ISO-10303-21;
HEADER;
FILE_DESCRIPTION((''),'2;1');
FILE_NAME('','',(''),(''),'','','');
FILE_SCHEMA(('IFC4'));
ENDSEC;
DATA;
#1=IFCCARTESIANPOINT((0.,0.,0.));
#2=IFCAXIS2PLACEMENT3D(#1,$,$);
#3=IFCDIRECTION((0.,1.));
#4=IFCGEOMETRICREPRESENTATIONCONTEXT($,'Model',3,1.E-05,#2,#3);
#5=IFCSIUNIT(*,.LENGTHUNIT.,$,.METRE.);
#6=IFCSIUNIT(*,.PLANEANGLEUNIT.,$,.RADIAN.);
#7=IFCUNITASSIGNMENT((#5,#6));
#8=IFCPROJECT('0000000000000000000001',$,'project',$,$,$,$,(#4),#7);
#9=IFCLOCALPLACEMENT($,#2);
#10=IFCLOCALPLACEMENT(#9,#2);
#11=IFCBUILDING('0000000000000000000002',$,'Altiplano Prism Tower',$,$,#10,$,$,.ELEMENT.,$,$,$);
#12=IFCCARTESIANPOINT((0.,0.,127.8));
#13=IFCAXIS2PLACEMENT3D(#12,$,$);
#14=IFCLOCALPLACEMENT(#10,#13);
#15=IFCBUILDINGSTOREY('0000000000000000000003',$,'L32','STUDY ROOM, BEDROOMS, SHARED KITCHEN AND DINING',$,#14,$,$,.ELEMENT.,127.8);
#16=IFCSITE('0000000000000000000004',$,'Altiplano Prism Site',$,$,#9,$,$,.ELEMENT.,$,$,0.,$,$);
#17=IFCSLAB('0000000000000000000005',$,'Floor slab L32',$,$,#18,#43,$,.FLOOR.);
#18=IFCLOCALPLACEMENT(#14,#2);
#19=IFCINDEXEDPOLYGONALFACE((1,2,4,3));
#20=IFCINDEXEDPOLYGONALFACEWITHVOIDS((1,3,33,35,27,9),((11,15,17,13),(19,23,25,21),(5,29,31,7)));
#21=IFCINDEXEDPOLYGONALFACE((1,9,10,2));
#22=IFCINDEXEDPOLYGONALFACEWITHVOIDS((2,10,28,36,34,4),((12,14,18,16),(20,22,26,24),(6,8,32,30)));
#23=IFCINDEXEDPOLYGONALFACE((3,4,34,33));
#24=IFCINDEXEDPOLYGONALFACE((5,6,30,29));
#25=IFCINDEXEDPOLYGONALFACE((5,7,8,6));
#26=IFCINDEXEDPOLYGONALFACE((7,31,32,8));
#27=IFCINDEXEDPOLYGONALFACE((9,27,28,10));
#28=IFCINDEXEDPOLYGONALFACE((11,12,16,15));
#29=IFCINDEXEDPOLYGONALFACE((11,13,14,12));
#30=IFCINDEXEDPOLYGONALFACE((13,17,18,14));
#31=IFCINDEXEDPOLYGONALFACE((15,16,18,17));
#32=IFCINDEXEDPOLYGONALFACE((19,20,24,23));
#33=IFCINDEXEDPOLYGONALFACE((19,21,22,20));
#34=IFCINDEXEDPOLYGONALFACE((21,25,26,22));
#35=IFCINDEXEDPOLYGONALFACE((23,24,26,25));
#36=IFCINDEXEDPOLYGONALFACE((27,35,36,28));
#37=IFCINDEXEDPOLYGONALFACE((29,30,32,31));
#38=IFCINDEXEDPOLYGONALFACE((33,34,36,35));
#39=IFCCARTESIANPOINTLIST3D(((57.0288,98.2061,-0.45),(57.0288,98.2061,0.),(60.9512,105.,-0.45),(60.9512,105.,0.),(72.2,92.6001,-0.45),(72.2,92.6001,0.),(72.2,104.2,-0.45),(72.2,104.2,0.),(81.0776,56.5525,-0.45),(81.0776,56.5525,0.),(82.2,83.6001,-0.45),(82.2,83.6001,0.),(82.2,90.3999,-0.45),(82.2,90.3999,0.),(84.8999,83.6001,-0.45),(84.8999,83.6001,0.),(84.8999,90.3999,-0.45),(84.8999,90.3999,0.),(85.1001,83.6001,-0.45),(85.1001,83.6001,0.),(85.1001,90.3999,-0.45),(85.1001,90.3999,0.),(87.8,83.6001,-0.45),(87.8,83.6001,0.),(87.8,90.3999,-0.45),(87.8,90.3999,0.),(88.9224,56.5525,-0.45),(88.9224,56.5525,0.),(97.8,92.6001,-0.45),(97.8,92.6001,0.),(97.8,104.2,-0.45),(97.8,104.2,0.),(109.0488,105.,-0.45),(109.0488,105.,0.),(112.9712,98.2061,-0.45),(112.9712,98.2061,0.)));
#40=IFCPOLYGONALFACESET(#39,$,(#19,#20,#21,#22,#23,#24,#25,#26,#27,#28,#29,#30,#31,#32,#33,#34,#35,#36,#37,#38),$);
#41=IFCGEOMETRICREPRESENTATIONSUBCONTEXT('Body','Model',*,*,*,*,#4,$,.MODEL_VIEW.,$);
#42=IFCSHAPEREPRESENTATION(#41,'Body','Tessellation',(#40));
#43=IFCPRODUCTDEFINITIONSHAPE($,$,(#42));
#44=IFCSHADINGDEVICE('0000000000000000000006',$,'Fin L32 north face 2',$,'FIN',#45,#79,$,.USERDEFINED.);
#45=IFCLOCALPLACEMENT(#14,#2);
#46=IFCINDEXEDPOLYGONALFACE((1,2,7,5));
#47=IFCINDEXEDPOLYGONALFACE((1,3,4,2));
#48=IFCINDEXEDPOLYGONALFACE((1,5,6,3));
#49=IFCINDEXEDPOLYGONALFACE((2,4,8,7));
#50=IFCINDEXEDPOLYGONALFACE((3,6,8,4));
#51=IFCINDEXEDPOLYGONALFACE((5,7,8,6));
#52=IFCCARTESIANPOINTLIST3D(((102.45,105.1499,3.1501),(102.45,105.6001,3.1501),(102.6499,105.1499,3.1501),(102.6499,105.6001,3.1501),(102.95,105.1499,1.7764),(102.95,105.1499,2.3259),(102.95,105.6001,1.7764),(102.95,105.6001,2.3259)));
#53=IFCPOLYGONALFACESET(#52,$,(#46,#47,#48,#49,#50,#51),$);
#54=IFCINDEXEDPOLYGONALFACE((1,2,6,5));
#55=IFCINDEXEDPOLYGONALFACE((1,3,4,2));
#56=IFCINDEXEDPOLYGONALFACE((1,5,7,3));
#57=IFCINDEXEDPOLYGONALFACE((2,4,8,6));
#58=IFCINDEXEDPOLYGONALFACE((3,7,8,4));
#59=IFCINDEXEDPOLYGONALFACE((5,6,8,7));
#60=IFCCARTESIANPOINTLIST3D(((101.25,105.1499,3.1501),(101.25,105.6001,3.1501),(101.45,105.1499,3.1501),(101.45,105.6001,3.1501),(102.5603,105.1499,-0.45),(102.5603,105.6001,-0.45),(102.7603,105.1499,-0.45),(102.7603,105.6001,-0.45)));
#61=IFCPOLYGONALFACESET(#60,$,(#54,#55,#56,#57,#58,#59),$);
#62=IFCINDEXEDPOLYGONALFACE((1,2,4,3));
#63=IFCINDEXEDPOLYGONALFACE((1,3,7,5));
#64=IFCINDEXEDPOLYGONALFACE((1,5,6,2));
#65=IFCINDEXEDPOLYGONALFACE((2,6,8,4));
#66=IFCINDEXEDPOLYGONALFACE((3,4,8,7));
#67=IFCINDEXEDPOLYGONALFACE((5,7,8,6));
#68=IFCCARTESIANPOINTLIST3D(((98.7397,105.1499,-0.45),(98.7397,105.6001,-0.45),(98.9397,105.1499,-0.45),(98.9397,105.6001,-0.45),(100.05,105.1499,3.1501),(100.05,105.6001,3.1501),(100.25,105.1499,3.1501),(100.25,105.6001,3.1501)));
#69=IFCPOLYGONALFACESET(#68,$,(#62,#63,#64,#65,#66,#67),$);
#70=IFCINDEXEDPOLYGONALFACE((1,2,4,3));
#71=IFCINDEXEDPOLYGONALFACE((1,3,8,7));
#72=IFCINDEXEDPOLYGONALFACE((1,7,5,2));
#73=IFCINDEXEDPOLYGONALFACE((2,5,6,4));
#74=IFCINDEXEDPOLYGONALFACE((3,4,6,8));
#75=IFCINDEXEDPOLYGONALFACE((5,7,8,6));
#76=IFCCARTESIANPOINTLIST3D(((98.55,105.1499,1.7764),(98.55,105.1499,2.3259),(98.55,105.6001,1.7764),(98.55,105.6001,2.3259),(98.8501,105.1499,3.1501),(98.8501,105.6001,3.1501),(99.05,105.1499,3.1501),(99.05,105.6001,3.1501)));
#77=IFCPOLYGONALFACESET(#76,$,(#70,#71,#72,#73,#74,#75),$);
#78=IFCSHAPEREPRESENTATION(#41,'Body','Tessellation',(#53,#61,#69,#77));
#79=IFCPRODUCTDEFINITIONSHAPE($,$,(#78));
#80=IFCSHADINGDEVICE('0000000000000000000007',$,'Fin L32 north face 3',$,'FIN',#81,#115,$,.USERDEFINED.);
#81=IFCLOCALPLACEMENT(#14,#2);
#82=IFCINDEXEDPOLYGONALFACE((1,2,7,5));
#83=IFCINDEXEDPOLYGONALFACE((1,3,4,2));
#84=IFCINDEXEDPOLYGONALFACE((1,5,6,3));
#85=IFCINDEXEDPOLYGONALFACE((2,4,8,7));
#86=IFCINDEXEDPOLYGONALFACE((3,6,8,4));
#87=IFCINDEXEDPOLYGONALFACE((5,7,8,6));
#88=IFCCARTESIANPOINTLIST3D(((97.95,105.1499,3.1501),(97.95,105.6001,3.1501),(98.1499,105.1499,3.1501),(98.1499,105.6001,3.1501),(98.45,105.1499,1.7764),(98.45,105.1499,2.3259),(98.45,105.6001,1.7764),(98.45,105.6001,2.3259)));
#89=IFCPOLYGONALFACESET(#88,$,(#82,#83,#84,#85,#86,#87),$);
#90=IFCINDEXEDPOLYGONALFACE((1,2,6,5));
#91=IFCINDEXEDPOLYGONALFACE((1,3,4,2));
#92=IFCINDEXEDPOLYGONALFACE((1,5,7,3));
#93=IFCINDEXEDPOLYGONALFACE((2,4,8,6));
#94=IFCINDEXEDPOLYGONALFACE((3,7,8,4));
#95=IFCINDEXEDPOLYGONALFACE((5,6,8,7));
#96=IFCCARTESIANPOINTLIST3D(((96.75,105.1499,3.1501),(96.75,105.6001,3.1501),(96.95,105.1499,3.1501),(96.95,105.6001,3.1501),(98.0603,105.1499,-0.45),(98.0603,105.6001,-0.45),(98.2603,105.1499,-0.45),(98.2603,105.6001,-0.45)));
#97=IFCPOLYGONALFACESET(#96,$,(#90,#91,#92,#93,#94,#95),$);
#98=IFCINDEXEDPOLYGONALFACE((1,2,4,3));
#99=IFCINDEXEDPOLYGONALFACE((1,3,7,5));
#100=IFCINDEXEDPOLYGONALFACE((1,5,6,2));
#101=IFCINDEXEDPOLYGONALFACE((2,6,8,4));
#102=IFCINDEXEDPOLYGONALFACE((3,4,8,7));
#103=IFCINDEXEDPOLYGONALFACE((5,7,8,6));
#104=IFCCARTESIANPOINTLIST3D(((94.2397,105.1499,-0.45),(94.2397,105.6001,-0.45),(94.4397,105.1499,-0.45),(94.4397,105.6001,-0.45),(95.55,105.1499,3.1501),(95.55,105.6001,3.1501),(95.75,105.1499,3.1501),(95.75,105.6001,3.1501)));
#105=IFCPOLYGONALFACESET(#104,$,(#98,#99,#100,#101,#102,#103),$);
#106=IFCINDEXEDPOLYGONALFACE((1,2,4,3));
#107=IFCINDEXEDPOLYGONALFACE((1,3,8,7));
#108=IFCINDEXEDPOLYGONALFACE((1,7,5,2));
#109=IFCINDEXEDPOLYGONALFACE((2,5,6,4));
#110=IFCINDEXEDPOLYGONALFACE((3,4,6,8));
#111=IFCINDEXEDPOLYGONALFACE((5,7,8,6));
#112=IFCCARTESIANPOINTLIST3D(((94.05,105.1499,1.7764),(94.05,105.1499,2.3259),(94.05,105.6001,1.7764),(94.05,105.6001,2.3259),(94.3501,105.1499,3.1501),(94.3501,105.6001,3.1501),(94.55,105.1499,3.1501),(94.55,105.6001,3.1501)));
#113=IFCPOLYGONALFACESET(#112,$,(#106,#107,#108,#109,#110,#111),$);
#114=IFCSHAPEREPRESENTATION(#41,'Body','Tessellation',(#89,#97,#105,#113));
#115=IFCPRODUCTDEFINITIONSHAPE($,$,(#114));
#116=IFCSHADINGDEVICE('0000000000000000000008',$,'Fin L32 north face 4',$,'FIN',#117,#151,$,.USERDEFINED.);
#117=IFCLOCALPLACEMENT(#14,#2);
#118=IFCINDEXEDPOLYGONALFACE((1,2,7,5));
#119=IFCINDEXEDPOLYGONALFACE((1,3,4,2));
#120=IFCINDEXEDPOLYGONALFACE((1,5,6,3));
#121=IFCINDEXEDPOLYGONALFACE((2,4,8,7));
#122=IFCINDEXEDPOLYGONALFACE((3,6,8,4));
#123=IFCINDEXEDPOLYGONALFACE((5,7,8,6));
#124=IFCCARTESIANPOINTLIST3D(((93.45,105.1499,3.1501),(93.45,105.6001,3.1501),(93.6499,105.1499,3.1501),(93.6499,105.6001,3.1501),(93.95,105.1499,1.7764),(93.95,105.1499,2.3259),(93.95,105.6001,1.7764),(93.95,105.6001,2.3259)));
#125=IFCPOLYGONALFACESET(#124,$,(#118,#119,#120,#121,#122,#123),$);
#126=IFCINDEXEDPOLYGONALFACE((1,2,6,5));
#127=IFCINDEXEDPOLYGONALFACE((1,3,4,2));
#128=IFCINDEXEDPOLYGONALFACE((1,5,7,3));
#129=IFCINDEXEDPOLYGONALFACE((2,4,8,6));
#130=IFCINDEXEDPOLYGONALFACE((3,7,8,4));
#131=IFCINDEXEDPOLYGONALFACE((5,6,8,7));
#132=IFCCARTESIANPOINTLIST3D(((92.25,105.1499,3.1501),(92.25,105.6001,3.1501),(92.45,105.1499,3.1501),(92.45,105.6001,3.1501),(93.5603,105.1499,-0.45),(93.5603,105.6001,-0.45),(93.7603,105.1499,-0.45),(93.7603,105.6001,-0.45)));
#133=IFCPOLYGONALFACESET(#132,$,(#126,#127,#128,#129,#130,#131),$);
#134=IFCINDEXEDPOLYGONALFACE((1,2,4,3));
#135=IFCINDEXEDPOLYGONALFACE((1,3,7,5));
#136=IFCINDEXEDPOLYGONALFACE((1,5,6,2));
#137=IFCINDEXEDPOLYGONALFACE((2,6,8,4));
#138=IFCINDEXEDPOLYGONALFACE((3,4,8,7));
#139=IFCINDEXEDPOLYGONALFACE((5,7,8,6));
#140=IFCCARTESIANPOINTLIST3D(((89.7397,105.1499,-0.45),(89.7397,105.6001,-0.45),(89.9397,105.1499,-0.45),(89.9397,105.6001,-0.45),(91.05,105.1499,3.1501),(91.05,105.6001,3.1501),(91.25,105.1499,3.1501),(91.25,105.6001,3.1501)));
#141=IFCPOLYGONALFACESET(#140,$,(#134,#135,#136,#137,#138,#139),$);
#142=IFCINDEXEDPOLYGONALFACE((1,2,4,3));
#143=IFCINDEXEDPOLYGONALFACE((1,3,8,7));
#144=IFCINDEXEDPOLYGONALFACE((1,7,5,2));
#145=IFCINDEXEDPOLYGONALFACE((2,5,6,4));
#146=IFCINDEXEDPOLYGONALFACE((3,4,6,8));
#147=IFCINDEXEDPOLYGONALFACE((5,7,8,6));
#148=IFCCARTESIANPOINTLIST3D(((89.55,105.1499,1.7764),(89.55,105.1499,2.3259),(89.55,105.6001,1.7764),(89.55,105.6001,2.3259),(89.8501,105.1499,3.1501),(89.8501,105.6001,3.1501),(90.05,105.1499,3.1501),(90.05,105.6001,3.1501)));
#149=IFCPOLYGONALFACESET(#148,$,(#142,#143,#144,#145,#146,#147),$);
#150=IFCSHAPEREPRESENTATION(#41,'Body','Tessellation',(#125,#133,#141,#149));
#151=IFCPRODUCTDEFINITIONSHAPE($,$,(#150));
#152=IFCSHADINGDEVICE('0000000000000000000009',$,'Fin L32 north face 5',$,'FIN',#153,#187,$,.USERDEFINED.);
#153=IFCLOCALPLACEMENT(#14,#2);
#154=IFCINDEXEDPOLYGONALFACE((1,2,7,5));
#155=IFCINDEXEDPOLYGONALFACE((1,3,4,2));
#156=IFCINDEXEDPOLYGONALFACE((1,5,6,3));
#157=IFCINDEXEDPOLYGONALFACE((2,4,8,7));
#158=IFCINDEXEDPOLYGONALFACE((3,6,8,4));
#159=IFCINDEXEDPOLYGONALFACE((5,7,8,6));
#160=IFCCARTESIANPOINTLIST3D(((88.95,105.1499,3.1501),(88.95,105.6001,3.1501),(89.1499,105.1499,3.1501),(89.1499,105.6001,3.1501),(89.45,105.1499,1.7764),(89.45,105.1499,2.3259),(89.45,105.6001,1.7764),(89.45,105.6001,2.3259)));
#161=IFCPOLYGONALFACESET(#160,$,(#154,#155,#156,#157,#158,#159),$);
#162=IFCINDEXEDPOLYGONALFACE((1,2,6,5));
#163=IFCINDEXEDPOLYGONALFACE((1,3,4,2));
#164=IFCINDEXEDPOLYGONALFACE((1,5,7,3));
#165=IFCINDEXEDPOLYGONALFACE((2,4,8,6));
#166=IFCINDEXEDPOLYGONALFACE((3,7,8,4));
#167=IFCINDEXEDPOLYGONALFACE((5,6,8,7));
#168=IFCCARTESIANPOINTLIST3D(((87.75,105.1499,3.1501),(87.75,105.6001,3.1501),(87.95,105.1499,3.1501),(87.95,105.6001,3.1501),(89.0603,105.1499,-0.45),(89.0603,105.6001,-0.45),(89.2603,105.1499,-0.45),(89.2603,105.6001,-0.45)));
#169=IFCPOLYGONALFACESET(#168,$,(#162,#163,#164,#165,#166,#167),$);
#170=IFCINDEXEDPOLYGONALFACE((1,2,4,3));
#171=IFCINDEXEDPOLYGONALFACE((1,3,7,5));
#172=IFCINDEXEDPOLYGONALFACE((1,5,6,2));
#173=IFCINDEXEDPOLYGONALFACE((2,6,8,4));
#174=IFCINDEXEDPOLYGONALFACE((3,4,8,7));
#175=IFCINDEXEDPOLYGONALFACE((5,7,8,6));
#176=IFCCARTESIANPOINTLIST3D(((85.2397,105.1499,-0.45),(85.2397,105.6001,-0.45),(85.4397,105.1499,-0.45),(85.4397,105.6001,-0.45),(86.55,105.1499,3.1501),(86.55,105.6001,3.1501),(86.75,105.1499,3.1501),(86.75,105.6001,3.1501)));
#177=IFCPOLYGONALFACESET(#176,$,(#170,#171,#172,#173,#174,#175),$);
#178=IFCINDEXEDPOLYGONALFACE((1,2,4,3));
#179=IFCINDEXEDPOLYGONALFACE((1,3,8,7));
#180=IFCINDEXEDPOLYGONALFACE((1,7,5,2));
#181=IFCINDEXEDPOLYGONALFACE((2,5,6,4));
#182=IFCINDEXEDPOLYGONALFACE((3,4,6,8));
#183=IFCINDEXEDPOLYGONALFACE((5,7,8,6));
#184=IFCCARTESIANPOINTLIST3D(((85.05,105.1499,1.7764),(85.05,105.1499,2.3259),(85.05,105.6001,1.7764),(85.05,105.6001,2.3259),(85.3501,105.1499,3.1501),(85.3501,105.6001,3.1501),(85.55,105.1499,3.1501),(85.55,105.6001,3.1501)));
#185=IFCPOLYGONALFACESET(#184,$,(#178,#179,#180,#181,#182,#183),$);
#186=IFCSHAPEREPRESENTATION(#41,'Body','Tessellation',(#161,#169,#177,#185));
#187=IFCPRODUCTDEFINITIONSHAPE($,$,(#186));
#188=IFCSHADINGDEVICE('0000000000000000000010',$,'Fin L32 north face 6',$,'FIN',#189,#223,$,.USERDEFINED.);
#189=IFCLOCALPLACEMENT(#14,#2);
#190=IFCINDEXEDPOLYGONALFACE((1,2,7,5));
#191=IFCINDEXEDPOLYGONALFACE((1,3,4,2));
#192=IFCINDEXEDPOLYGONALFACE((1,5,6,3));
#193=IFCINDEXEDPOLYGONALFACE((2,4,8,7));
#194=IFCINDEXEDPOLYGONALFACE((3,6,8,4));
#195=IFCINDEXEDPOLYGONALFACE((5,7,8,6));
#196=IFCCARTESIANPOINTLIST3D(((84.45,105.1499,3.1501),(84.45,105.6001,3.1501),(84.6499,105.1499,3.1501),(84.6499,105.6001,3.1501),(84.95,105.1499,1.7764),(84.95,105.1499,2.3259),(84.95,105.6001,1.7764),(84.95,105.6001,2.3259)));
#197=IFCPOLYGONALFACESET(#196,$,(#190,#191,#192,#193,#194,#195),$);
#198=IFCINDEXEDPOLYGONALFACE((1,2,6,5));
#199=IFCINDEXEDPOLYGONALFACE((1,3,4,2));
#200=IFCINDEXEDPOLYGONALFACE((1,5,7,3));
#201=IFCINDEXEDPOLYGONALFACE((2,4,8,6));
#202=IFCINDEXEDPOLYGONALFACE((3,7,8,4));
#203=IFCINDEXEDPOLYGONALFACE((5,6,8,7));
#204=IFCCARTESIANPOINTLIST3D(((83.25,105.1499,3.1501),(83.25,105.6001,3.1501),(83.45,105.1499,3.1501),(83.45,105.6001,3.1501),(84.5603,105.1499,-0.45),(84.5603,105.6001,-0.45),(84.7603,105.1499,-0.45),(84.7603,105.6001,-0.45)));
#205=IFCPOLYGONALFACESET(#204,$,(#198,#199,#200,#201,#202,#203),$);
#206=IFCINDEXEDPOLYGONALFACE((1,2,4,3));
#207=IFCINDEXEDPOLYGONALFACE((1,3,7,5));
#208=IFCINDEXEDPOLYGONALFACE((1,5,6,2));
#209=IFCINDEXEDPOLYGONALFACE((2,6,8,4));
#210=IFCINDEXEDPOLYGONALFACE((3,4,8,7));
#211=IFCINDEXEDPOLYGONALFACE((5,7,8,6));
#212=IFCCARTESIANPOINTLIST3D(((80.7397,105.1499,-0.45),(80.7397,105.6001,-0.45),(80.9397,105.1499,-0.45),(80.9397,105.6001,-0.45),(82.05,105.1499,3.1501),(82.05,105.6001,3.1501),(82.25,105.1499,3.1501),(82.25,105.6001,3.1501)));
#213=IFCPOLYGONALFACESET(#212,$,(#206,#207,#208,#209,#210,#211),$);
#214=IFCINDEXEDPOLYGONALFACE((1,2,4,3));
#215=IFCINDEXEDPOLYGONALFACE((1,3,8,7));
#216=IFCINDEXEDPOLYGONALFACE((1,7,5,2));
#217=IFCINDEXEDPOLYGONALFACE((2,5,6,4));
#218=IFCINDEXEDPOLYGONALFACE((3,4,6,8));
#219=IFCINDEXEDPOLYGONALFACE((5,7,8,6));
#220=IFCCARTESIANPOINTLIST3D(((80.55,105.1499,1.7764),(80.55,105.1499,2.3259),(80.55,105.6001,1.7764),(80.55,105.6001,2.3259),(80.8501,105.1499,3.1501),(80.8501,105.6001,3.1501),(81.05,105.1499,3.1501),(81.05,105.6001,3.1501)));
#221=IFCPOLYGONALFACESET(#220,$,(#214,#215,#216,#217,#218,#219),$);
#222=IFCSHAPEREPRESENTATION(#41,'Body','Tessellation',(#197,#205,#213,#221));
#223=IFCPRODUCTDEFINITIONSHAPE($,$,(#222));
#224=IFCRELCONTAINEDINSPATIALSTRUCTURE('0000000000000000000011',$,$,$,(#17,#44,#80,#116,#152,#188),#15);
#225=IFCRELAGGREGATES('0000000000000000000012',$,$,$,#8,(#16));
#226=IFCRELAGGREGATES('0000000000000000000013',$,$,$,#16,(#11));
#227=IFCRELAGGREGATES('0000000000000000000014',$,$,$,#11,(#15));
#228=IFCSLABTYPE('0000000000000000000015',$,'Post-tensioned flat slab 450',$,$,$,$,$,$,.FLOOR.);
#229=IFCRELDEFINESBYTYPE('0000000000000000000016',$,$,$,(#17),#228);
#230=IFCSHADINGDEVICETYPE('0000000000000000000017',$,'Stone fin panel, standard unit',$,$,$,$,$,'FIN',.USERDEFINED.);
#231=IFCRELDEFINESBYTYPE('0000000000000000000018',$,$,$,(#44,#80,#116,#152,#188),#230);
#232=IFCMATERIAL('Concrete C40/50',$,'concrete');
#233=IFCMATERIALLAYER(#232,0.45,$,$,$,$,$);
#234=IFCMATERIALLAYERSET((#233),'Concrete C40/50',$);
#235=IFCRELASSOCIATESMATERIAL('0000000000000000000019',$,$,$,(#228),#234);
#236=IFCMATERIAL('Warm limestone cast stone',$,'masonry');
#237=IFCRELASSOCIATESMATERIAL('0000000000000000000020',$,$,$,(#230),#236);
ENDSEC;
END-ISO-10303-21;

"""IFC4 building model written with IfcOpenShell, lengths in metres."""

from ifc_helpers import new_model, si_unit, direction, frame, origin, place, context, subcontext, project, spatial, polyline, outline, extrude, source, transform, mapped, material, layer, layer_set, type_object, element, save


model = new_model("IFC4")

# Units and contexts
model_context = context("Model", 3, precision=1e-05, world=origin(), true_north=direction((0.0, 1.0)))
body_context = subcontext(model_context, "Body", "Model", "MODEL_VIEW")
ifc_project = project(units=[si_unit("LENGTHUNIT", "METRE"), si_unit("PLANEANGLEUNIT", "RADIAN")], contexts=[model_context])

# Site, building, storey
site_placement = place(None, origin())
site = spatial("IfcSite", under=ifc_project, at=site_placement, Name="Altiplano Prism Site", CompositionType="ELEMENT", RefElevation=0.0)
building_placement = place(site_placement, origin())
building = spatial("IfcBuilding", under=site, at=building_placement, Name="Altiplano Prism Tower", CompositionType="ELEMENT")
storey_placement = place(building_placement, frame((0.0, 0.0, 127.8)))
storey = spatial("IfcBuildingStorey", under=building, at=storey_placement, Name="L32", Description="STUDY ROOM, BEDROOMS, SHARED KITCHEN AND DINING", CompositionType="ELEMENT", Elevation=127.8)

# Slab
ifc_material_1 = material(Name="Concrete C40/50", Category="concrete")
ifc_layer = layer(ifc_material_1, 0.45)
ifc_layer_set = layer_set([ifc_layer], Name="Concrete C40/50")
slab_type = type_object("IfcSlabType", Name="Post-tensioned flat slab 450", PredefinedType="FLOOR", material=ifc_layer_set)
slab_placement = place(storey_placement, frame((0.0, 0.0, -0.45)))
element("IfcSlab", 1, at=slab_placement, inside=storey, type_object=slab_type, Name="Floor slab L32", PredefinedType="FLOOR", context=body_context, shape_type="SweptSolid", body=[
    extrude(outline(polyline([(81.0776, 56.5525), (57.0288, 98.2061), (60.9512, 105.0), (109.0488, 105.0), (112.9712, 98.2061), (88.9224, 56.5525), (81.0776, 56.5525)]), holes=[polyline([(72.2, 104.2), (72.2, 92.6001), (97.8, 92.6001), (97.8, 104.2), (72.2, 104.2)]), polyline([(84.8999, 90.3999), (82.2, 90.3999), (82.2, 83.6001), (84.8999, 83.6001), (84.8999, 90.3999)]), polyline([(87.8, 83.6001), (87.8, 90.3999), (85.1001, 90.3999), (85.1001, 83.6001), (87.8, 83.6001)])]), origin(), (0.0, 0.0, 1.0), 0.45),
])

# Shading devices
ifc_material_2 = material(Name="Warm limestone cast stone", Category="masonry")
shading_device_type_1 = type_object("IfcShadingDeviceType", Name="Stone fin panel, standard unit", ElementType="FIN", PredefinedType="USERDEFINED", material=ifc_material_2)
shared_shape_1 = source(origin(), body_context, "Body", "SweptSolid", [
    extrude(outline(polyline([(-2.2, 2.2263), (-1.7, 3.6001), (-1.8999, 3.6001), (-2.2, 2.7759), (-2.2, 2.2263)])), frame((0.0, -0.1499, 0.0), z_axis=(0.0, -1.0, 0.0), x_axis=(1.0, 0.0, 0.0)), (0.0, 0.0, 1.0), 0.4502),
    extrude(outline(polyline([(-2.0103, 0.0), (-1.8103, 0.0), (-0.5, 3.6001), (-0.7, 3.6001), (-2.0103, 0.0)])), frame((0.0, -0.1499, 0.0), z_axis=(0.0, -1.0, 0.0), x_axis=(1.0, 0.0, 0.0)), (0.0, 0.0, 1.0), 0.4502),
    extrude(outline(polyline([(1.8103, 0.0), (2.0103, 0.0), (0.7, 3.6001), (0.5, 3.6001), (1.8103, 0.0)])), frame((0.0, -0.1499, 0.0), z_axis=(0.0, -1.0, 0.0), x_axis=(1.0, 0.0, 0.0)), (0.0, 0.0, 1.0), 0.4502),
    extrude(outline(polyline([(2.2, 2.7759), (1.8999, 3.6001), (1.7, 3.6001), (2.2, 2.2263), (2.2, 2.7759)])), frame((0.0, -0.1499, 0.0), z_axis=(0.0, -1.0, 0.0), x_axis=(1.0, 0.0, 0.0)), (0.0, 0.0, 1.0), 0.4502),
])
shading_device_1_placement = place(storey_placement, origin())
element("IfcShadingDevice", 2, at=shading_device_1_placement, inside=storey, type_object=shading_device_type_1, Name="Fin L32 north face 2", ObjectType="FIN", PredefinedType="USERDEFINED", context=body_context, shape_type="MappedRepresentation", body=[
    mapped(shared_shape_1, transform((100.75, 105.0, -0.45), x_axis=(-1.0, 0.0, 0.0), y_axis=(0.0, -1.0, 0.0), z_axis=(0.0, 0.0, 1.0))),
])
shading_device_2_placement = place(storey_placement, origin())
element("IfcShadingDevice", 3, at=shading_device_2_placement, inside=storey, type_object=shading_device_type_1, Name="Fin L32 north face 3", ObjectType="FIN", PredefinedType="USERDEFINED", context=body_context, shape_type="MappedRepresentation", body=[
    mapped(shared_shape_1, transform((96.25, 105.0, -0.45), x_axis=(-1.0, 0.0, 0.0), y_axis=(0.0, -1.0, 0.0), z_axis=(0.0, 0.0, 1.0))),
])
shading_device_3_placement = place(storey_placement, origin())
element("IfcShadingDevice", 4, at=shading_device_3_placement, inside=storey, type_object=shading_device_type_1, Name="Fin L32 north face 4", ObjectType="FIN", PredefinedType="USERDEFINED", context=body_context, shape_type="MappedRepresentation", body=[
    mapped(shared_shape_1, transform((91.75, 105.0, -0.45), x_axis=(-1.0, 0.0, 0.0), y_axis=(0.0, -1.0, 0.0), z_axis=(0.0, 0.0, 1.0))),
])
shading_device_4_placement = place(storey_placement, origin())
element("IfcShadingDevice", 5, at=shading_device_4_placement, inside=storey, type_object=shading_device_type_1, Name="Fin L32 north face 5", ObjectType="FIN", PredefinedType="USERDEFINED", context=body_context, shape_type="MappedRepresentation", body=[
    mapped(shared_shape_1, transform((87.25, 105.0, -0.45), x_axis=(-1.0, 0.0, 0.0), y_axis=(0.0, -1.0, 0.0), z_axis=(0.0, 0.0, 1.0))),
])
shading_device_5_placement = place(storey_placement, origin())
element("IfcShadingDevice", 6, at=shading_device_5_placement, inside=storey, type_object=shading_device_type_1, Name="Fin L32 north face 6", ObjectType="FIN", PredefinedType="USERDEFINED", context=body_context, shape_type="MappedRepresentation", body=[
    mapped(shared_shape_1, transform((82.75, 105.0, -0.45), x_axis=(-1.0, 0.0, 0.0), y_axis=(0.0, -1.0, 0.0), z_axis=(0.0, 0.0, 1.0))),
])

save(model, "model.ifc")
